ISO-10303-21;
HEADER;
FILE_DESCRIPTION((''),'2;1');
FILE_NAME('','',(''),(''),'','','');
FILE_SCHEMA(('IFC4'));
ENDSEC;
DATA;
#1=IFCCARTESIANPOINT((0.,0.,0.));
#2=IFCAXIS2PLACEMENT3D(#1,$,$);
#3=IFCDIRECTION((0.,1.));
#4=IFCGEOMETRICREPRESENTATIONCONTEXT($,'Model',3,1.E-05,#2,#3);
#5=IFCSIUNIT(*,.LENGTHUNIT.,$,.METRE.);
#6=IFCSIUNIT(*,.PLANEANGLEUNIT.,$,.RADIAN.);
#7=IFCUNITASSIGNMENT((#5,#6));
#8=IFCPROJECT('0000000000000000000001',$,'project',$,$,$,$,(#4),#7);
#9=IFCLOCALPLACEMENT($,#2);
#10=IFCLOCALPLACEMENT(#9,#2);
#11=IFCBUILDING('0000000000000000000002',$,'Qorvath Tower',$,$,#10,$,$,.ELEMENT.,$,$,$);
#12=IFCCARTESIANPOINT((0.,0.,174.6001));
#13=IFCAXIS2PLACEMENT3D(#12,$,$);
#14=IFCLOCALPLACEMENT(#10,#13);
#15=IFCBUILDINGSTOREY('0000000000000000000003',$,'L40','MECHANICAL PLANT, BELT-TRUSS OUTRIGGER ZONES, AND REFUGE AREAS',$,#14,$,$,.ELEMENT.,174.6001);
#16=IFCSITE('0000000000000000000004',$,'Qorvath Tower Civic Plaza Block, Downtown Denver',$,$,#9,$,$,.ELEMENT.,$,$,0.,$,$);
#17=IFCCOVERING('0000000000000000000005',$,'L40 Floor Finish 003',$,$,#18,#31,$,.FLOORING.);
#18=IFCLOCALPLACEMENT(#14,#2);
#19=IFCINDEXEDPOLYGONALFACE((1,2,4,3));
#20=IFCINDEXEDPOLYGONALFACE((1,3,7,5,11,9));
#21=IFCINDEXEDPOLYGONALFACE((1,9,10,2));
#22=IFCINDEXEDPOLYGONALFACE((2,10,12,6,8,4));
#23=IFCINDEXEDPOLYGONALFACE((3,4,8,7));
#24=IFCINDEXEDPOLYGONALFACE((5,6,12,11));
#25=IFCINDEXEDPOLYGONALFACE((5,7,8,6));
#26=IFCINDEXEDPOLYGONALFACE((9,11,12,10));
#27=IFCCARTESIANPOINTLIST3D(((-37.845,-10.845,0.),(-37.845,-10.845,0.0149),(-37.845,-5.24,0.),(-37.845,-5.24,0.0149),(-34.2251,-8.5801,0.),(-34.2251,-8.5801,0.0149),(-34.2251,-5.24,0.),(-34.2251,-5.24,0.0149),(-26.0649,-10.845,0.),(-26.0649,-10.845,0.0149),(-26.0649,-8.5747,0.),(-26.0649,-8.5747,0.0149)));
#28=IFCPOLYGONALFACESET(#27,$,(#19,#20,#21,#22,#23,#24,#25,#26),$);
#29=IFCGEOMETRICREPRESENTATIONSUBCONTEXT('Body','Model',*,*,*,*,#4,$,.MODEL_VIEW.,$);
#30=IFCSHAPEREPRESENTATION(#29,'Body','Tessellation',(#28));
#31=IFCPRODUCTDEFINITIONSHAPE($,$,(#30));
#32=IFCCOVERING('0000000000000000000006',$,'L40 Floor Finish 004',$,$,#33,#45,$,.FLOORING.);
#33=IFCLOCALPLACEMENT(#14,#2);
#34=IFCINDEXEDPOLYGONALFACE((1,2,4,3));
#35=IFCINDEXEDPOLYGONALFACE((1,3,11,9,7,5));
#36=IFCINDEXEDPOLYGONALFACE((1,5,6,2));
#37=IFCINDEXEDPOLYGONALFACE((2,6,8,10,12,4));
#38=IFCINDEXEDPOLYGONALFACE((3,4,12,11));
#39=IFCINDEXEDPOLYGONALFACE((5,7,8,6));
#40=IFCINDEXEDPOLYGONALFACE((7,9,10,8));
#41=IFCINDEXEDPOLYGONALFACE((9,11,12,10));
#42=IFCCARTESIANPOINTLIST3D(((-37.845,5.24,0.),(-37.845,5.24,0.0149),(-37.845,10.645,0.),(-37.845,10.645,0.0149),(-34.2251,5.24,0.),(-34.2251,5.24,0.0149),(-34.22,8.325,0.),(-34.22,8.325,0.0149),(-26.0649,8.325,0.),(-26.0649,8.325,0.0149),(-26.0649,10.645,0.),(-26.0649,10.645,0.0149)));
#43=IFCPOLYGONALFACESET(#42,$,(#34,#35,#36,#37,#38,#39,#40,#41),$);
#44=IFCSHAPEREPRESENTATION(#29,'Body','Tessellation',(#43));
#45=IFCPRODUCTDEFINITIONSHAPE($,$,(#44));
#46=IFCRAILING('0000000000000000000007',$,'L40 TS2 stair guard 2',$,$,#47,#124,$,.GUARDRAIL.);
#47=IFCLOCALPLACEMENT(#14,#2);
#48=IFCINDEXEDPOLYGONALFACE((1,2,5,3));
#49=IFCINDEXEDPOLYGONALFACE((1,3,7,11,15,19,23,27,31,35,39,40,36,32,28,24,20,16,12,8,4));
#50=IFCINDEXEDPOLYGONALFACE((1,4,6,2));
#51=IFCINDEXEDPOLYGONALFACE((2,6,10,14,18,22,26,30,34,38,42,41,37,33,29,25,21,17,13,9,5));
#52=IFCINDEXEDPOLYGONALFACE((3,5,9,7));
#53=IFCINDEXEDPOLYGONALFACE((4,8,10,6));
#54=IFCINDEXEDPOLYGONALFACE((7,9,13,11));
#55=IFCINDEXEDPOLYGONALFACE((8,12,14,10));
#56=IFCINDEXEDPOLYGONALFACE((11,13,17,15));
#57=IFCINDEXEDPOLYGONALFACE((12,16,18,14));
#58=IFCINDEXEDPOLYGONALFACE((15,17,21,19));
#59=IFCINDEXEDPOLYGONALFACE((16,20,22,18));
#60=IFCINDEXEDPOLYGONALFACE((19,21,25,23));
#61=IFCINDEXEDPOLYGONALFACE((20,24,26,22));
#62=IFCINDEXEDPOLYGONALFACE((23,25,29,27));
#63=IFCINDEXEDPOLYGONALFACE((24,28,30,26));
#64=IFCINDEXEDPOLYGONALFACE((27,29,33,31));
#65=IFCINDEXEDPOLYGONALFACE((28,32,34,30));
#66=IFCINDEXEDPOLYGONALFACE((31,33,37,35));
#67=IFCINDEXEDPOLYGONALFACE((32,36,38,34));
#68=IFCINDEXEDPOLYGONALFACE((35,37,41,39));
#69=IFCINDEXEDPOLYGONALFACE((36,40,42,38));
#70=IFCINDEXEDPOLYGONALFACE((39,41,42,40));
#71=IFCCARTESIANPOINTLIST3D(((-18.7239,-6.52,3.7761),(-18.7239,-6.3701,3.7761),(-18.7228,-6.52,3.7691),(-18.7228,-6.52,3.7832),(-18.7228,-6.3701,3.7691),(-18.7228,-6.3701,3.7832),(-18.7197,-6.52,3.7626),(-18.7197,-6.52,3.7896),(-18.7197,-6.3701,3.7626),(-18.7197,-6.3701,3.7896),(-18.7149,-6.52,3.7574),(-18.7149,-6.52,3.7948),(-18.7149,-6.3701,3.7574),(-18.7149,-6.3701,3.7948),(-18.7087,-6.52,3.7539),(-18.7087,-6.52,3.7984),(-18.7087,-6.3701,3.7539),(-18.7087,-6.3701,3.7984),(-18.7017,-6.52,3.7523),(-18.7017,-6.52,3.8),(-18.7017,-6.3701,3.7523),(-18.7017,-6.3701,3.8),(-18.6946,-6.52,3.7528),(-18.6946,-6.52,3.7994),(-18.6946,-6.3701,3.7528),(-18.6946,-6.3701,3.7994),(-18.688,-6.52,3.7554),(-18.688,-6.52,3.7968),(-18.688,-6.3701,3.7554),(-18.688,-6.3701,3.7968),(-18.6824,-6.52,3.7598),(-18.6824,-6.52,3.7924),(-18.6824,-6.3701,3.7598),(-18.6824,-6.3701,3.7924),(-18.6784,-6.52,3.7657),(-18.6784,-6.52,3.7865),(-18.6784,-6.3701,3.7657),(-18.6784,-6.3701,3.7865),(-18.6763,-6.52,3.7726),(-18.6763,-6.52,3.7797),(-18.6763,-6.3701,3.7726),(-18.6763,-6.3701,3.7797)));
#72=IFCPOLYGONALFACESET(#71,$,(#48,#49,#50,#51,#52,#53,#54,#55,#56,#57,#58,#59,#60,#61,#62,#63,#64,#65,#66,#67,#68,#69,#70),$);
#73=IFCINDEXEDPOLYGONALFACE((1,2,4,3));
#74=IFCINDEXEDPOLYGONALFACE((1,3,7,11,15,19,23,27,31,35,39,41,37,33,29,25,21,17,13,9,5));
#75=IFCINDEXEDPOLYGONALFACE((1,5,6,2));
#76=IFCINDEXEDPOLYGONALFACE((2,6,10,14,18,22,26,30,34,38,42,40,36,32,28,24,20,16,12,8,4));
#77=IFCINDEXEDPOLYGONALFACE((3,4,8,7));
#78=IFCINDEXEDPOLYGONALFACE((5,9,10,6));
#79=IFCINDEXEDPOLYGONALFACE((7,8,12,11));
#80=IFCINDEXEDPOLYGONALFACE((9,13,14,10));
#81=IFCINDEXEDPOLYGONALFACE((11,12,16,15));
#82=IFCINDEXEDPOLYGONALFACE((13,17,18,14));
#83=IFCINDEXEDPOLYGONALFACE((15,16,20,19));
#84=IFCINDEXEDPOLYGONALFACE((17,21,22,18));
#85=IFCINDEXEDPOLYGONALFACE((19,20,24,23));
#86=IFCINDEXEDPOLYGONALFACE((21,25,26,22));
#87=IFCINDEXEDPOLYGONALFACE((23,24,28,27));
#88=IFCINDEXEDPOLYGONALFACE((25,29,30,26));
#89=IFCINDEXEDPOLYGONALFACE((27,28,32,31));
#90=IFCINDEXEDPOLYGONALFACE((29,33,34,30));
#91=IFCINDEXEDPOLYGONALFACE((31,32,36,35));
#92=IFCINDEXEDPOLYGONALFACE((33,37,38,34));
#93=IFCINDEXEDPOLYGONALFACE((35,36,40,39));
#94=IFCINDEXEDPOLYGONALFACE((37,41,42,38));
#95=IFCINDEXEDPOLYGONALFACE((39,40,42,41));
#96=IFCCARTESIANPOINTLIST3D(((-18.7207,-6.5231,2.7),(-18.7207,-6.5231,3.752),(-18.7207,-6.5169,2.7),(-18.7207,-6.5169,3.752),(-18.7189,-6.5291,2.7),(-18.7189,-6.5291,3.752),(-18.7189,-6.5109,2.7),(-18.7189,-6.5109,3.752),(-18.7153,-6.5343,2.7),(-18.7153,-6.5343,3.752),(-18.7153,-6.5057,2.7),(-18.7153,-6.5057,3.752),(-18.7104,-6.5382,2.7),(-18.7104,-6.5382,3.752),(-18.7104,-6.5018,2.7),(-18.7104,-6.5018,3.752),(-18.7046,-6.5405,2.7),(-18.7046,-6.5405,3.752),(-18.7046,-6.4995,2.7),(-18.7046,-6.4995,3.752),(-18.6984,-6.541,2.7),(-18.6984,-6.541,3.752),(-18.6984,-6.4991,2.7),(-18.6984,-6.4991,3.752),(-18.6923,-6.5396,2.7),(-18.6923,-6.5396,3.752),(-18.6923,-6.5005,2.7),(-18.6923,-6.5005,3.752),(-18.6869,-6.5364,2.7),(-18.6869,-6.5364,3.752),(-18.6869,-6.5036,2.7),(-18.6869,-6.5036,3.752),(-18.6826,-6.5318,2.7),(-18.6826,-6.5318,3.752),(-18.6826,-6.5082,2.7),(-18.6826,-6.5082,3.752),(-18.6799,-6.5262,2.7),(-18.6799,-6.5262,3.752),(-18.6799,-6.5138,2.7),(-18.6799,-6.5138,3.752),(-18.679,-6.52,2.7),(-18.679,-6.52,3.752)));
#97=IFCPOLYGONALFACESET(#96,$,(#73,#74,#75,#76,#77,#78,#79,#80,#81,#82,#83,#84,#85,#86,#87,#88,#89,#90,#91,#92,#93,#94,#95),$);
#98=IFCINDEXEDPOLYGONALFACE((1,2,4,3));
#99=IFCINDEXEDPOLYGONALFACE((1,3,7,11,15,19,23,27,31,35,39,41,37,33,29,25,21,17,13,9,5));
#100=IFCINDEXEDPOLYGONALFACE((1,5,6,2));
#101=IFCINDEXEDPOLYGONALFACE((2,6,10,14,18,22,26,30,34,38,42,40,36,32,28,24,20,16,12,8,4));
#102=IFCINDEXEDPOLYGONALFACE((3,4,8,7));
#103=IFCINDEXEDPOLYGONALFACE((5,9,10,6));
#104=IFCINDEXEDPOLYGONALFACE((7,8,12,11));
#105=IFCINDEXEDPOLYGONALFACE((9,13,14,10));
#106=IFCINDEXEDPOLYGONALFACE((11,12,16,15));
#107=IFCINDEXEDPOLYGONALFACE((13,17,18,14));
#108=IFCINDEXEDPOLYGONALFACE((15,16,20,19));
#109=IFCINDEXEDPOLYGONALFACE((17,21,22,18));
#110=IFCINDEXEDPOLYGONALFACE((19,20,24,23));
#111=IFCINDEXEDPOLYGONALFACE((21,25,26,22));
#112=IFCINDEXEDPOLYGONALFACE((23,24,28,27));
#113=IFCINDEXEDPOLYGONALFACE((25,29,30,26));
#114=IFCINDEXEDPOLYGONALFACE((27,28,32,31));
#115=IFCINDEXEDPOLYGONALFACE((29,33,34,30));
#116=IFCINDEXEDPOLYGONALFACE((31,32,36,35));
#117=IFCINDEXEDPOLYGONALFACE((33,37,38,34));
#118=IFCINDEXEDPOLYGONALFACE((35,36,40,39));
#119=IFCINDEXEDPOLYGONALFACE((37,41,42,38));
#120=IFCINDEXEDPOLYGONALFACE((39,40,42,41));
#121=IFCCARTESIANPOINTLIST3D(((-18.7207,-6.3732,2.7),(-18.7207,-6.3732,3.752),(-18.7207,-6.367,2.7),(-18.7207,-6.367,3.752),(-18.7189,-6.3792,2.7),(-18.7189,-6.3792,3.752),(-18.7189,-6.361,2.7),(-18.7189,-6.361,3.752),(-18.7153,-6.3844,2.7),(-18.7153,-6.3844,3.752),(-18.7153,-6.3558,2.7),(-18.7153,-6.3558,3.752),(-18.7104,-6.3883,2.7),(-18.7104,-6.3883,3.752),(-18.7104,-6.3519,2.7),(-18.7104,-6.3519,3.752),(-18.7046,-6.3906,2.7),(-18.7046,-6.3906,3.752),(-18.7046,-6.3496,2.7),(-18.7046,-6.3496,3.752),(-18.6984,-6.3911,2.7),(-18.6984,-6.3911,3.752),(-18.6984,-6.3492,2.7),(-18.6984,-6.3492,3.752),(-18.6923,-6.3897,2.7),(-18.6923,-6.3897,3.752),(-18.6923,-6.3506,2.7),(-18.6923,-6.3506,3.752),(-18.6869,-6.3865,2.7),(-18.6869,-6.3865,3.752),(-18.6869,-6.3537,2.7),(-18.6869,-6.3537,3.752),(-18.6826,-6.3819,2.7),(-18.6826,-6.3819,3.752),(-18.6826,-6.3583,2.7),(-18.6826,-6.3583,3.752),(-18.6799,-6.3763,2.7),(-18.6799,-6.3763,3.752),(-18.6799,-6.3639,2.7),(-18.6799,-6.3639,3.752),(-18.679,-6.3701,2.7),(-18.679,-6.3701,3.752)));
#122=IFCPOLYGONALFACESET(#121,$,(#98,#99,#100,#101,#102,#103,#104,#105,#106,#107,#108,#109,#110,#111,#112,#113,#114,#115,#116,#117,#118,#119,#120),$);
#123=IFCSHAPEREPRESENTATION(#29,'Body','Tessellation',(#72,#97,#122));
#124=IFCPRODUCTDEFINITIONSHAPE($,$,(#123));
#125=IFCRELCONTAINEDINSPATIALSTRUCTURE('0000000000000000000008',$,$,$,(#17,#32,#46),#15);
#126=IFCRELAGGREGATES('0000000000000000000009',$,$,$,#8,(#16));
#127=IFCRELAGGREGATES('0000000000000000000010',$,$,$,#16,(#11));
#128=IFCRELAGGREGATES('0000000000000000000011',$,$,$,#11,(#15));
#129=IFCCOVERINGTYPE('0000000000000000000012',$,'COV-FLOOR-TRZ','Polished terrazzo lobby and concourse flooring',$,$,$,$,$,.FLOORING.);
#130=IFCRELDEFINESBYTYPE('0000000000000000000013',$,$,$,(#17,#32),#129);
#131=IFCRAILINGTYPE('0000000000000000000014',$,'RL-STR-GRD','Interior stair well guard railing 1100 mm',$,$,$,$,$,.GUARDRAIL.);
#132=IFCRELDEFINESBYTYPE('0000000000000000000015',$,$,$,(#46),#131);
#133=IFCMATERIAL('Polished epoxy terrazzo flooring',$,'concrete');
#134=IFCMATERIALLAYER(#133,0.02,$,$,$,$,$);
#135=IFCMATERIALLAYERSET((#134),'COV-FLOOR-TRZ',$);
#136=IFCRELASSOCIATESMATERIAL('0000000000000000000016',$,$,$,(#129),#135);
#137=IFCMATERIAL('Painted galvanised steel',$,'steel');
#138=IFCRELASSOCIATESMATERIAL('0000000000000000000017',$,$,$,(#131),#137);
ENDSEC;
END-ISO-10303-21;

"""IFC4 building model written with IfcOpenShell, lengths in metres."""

from ifc_helpers import new_model, si_unit, direction, frame, origin, origin_2d, place, context, subcontext, project, spatial, polyline, circle, outline, extrude, material, layer, layer_set, type_object, element, save


model = new_model("IFC4")

# Units and contexts
model_context = context("Model", 3, precision=1e-05, world=origin(), true_north=direction((0.0, 1.0)))
body_context = subcontext(model_context, "Body", "Model", "MODEL_VIEW")
ifc_project = project(units=[si_unit("LENGTHUNIT", "METRE"), si_unit("PLANEANGLEUNIT", "RADIAN")], contexts=[model_context])

# Site, building, storey
site_placement = place(None, origin())
site = spatial("IfcSite", under=ifc_project, at=site_placement, Name="Qorvath Tower Civic Plaza Block, Downtown Denver", CompositionType="ELEMENT", RefElevation=0.0)
building_placement = place(site_placement, origin())
building = spatial("IfcBuilding", under=site, at=building_placement, Name="Qorvath Tower", CompositionType="ELEMENT")
storey_placement = place(building_placement, frame((0.0, 0.0, 174.6001)))
storey = spatial("IfcBuildingStorey", under=building, at=storey_placement, Name="L40", Description="MECHANICAL PLANT, BELT-TRUSS OUTRIGGER ZONES, AND REFUGE AREAS", CompositionType="ELEMENT", Elevation=174.6001)

# Coverings
ifc_material_1 = material(Name="Polished epoxy terrazzo flooring", Category="concrete")
ifc_layer_1 = layer(ifc_material_1, 0.02)
ifc_layer_set_1 = layer_set([ifc_layer_1], Name="COV-FLOOR-TRZ")
covering_type = type_object("IfcCoveringType", Name="COV-FLOOR-TRZ", Description="Polished terrazzo lobby and concourse flooring", PredefinedType="FLOORING", material=ifc_layer_set_1)
covering_1_placement = place(storey_placement, origin())
element("IfcCovering", 1, at=covering_1_placement, inside=storey, type_object=covering_type, Name="L40 Floor Finish 003", PredefinedType="FLOORING", context=body_context, shape_type="SweptSolid", body=[
    extrude(outline(polyline([(-34.2251, -8.5801), (-34.2251, -5.24), (-37.845, -5.24), (-37.845, -10.845), (-26.0649, -10.845), (-26.0649, -8.5747), (-34.2251, -8.5801)])), origin(), (0.0, 0.0, 1.0), 0.0149),
])
covering_2_placement = place(storey_placement, origin())
element("IfcCovering", 2, at=covering_2_placement, inside=storey, type_object=covering_type, Name="L40 Floor Finish 004", PredefinedType="FLOORING", context=body_context, shape_type="SweptSolid", body=[
    extrude(outline(polyline([(-26.0649, 8.325), (-26.0649, 10.645), (-37.845, 10.645), (-37.845, 5.24), (-34.2251, 5.24), (-34.22, 8.325), (-26.0649, 8.325)])), origin(), (0.0, 0.0, 1.0), 0.0149),
])

# Railing
ifc_material_2 = material(Name="Painted galvanised steel", Category="steel")
railing_type_1 = type_object("IfcRailingType", Name="RL-STR-GRD", Description="Interior stair well guard railing 1100 mm", PredefinedType="GUARDRAIL", material=ifc_material_2)
railing_1_placement = place(storey_placement, frame((-18.7, -6.52, 2.7)))
element("IfcRailing", 3, at=railing_1_placement, inside=storey, type_object=railing_type_1, Name="L40 TS2 stair guard 2", PredefinedType="GUARDRAIL", context=body_context, shape_type="SweptSolid", body=[
    extrude(circle(Radius=0.0239, at=origin_2d()), frame((0.0, 0.0, 1.0762), z_axis=(0.0, 1.0, 0.0), x_axis=(-1.0, 0.0, 0.0)), (0.0, 0.0, 1.0), 0.1499),
    extrude(circle(Radius=0.021, at=origin_2d()), origin(), (0.0, 0.0, 1.0), 1.052),
    extrude(circle(Radius=0.021, at=origin_2d()), frame((0.0, 0.1499, 0.0)), (0.0, 0.0, 1.0), 1.052),
])

save(model, "model.ifc")
